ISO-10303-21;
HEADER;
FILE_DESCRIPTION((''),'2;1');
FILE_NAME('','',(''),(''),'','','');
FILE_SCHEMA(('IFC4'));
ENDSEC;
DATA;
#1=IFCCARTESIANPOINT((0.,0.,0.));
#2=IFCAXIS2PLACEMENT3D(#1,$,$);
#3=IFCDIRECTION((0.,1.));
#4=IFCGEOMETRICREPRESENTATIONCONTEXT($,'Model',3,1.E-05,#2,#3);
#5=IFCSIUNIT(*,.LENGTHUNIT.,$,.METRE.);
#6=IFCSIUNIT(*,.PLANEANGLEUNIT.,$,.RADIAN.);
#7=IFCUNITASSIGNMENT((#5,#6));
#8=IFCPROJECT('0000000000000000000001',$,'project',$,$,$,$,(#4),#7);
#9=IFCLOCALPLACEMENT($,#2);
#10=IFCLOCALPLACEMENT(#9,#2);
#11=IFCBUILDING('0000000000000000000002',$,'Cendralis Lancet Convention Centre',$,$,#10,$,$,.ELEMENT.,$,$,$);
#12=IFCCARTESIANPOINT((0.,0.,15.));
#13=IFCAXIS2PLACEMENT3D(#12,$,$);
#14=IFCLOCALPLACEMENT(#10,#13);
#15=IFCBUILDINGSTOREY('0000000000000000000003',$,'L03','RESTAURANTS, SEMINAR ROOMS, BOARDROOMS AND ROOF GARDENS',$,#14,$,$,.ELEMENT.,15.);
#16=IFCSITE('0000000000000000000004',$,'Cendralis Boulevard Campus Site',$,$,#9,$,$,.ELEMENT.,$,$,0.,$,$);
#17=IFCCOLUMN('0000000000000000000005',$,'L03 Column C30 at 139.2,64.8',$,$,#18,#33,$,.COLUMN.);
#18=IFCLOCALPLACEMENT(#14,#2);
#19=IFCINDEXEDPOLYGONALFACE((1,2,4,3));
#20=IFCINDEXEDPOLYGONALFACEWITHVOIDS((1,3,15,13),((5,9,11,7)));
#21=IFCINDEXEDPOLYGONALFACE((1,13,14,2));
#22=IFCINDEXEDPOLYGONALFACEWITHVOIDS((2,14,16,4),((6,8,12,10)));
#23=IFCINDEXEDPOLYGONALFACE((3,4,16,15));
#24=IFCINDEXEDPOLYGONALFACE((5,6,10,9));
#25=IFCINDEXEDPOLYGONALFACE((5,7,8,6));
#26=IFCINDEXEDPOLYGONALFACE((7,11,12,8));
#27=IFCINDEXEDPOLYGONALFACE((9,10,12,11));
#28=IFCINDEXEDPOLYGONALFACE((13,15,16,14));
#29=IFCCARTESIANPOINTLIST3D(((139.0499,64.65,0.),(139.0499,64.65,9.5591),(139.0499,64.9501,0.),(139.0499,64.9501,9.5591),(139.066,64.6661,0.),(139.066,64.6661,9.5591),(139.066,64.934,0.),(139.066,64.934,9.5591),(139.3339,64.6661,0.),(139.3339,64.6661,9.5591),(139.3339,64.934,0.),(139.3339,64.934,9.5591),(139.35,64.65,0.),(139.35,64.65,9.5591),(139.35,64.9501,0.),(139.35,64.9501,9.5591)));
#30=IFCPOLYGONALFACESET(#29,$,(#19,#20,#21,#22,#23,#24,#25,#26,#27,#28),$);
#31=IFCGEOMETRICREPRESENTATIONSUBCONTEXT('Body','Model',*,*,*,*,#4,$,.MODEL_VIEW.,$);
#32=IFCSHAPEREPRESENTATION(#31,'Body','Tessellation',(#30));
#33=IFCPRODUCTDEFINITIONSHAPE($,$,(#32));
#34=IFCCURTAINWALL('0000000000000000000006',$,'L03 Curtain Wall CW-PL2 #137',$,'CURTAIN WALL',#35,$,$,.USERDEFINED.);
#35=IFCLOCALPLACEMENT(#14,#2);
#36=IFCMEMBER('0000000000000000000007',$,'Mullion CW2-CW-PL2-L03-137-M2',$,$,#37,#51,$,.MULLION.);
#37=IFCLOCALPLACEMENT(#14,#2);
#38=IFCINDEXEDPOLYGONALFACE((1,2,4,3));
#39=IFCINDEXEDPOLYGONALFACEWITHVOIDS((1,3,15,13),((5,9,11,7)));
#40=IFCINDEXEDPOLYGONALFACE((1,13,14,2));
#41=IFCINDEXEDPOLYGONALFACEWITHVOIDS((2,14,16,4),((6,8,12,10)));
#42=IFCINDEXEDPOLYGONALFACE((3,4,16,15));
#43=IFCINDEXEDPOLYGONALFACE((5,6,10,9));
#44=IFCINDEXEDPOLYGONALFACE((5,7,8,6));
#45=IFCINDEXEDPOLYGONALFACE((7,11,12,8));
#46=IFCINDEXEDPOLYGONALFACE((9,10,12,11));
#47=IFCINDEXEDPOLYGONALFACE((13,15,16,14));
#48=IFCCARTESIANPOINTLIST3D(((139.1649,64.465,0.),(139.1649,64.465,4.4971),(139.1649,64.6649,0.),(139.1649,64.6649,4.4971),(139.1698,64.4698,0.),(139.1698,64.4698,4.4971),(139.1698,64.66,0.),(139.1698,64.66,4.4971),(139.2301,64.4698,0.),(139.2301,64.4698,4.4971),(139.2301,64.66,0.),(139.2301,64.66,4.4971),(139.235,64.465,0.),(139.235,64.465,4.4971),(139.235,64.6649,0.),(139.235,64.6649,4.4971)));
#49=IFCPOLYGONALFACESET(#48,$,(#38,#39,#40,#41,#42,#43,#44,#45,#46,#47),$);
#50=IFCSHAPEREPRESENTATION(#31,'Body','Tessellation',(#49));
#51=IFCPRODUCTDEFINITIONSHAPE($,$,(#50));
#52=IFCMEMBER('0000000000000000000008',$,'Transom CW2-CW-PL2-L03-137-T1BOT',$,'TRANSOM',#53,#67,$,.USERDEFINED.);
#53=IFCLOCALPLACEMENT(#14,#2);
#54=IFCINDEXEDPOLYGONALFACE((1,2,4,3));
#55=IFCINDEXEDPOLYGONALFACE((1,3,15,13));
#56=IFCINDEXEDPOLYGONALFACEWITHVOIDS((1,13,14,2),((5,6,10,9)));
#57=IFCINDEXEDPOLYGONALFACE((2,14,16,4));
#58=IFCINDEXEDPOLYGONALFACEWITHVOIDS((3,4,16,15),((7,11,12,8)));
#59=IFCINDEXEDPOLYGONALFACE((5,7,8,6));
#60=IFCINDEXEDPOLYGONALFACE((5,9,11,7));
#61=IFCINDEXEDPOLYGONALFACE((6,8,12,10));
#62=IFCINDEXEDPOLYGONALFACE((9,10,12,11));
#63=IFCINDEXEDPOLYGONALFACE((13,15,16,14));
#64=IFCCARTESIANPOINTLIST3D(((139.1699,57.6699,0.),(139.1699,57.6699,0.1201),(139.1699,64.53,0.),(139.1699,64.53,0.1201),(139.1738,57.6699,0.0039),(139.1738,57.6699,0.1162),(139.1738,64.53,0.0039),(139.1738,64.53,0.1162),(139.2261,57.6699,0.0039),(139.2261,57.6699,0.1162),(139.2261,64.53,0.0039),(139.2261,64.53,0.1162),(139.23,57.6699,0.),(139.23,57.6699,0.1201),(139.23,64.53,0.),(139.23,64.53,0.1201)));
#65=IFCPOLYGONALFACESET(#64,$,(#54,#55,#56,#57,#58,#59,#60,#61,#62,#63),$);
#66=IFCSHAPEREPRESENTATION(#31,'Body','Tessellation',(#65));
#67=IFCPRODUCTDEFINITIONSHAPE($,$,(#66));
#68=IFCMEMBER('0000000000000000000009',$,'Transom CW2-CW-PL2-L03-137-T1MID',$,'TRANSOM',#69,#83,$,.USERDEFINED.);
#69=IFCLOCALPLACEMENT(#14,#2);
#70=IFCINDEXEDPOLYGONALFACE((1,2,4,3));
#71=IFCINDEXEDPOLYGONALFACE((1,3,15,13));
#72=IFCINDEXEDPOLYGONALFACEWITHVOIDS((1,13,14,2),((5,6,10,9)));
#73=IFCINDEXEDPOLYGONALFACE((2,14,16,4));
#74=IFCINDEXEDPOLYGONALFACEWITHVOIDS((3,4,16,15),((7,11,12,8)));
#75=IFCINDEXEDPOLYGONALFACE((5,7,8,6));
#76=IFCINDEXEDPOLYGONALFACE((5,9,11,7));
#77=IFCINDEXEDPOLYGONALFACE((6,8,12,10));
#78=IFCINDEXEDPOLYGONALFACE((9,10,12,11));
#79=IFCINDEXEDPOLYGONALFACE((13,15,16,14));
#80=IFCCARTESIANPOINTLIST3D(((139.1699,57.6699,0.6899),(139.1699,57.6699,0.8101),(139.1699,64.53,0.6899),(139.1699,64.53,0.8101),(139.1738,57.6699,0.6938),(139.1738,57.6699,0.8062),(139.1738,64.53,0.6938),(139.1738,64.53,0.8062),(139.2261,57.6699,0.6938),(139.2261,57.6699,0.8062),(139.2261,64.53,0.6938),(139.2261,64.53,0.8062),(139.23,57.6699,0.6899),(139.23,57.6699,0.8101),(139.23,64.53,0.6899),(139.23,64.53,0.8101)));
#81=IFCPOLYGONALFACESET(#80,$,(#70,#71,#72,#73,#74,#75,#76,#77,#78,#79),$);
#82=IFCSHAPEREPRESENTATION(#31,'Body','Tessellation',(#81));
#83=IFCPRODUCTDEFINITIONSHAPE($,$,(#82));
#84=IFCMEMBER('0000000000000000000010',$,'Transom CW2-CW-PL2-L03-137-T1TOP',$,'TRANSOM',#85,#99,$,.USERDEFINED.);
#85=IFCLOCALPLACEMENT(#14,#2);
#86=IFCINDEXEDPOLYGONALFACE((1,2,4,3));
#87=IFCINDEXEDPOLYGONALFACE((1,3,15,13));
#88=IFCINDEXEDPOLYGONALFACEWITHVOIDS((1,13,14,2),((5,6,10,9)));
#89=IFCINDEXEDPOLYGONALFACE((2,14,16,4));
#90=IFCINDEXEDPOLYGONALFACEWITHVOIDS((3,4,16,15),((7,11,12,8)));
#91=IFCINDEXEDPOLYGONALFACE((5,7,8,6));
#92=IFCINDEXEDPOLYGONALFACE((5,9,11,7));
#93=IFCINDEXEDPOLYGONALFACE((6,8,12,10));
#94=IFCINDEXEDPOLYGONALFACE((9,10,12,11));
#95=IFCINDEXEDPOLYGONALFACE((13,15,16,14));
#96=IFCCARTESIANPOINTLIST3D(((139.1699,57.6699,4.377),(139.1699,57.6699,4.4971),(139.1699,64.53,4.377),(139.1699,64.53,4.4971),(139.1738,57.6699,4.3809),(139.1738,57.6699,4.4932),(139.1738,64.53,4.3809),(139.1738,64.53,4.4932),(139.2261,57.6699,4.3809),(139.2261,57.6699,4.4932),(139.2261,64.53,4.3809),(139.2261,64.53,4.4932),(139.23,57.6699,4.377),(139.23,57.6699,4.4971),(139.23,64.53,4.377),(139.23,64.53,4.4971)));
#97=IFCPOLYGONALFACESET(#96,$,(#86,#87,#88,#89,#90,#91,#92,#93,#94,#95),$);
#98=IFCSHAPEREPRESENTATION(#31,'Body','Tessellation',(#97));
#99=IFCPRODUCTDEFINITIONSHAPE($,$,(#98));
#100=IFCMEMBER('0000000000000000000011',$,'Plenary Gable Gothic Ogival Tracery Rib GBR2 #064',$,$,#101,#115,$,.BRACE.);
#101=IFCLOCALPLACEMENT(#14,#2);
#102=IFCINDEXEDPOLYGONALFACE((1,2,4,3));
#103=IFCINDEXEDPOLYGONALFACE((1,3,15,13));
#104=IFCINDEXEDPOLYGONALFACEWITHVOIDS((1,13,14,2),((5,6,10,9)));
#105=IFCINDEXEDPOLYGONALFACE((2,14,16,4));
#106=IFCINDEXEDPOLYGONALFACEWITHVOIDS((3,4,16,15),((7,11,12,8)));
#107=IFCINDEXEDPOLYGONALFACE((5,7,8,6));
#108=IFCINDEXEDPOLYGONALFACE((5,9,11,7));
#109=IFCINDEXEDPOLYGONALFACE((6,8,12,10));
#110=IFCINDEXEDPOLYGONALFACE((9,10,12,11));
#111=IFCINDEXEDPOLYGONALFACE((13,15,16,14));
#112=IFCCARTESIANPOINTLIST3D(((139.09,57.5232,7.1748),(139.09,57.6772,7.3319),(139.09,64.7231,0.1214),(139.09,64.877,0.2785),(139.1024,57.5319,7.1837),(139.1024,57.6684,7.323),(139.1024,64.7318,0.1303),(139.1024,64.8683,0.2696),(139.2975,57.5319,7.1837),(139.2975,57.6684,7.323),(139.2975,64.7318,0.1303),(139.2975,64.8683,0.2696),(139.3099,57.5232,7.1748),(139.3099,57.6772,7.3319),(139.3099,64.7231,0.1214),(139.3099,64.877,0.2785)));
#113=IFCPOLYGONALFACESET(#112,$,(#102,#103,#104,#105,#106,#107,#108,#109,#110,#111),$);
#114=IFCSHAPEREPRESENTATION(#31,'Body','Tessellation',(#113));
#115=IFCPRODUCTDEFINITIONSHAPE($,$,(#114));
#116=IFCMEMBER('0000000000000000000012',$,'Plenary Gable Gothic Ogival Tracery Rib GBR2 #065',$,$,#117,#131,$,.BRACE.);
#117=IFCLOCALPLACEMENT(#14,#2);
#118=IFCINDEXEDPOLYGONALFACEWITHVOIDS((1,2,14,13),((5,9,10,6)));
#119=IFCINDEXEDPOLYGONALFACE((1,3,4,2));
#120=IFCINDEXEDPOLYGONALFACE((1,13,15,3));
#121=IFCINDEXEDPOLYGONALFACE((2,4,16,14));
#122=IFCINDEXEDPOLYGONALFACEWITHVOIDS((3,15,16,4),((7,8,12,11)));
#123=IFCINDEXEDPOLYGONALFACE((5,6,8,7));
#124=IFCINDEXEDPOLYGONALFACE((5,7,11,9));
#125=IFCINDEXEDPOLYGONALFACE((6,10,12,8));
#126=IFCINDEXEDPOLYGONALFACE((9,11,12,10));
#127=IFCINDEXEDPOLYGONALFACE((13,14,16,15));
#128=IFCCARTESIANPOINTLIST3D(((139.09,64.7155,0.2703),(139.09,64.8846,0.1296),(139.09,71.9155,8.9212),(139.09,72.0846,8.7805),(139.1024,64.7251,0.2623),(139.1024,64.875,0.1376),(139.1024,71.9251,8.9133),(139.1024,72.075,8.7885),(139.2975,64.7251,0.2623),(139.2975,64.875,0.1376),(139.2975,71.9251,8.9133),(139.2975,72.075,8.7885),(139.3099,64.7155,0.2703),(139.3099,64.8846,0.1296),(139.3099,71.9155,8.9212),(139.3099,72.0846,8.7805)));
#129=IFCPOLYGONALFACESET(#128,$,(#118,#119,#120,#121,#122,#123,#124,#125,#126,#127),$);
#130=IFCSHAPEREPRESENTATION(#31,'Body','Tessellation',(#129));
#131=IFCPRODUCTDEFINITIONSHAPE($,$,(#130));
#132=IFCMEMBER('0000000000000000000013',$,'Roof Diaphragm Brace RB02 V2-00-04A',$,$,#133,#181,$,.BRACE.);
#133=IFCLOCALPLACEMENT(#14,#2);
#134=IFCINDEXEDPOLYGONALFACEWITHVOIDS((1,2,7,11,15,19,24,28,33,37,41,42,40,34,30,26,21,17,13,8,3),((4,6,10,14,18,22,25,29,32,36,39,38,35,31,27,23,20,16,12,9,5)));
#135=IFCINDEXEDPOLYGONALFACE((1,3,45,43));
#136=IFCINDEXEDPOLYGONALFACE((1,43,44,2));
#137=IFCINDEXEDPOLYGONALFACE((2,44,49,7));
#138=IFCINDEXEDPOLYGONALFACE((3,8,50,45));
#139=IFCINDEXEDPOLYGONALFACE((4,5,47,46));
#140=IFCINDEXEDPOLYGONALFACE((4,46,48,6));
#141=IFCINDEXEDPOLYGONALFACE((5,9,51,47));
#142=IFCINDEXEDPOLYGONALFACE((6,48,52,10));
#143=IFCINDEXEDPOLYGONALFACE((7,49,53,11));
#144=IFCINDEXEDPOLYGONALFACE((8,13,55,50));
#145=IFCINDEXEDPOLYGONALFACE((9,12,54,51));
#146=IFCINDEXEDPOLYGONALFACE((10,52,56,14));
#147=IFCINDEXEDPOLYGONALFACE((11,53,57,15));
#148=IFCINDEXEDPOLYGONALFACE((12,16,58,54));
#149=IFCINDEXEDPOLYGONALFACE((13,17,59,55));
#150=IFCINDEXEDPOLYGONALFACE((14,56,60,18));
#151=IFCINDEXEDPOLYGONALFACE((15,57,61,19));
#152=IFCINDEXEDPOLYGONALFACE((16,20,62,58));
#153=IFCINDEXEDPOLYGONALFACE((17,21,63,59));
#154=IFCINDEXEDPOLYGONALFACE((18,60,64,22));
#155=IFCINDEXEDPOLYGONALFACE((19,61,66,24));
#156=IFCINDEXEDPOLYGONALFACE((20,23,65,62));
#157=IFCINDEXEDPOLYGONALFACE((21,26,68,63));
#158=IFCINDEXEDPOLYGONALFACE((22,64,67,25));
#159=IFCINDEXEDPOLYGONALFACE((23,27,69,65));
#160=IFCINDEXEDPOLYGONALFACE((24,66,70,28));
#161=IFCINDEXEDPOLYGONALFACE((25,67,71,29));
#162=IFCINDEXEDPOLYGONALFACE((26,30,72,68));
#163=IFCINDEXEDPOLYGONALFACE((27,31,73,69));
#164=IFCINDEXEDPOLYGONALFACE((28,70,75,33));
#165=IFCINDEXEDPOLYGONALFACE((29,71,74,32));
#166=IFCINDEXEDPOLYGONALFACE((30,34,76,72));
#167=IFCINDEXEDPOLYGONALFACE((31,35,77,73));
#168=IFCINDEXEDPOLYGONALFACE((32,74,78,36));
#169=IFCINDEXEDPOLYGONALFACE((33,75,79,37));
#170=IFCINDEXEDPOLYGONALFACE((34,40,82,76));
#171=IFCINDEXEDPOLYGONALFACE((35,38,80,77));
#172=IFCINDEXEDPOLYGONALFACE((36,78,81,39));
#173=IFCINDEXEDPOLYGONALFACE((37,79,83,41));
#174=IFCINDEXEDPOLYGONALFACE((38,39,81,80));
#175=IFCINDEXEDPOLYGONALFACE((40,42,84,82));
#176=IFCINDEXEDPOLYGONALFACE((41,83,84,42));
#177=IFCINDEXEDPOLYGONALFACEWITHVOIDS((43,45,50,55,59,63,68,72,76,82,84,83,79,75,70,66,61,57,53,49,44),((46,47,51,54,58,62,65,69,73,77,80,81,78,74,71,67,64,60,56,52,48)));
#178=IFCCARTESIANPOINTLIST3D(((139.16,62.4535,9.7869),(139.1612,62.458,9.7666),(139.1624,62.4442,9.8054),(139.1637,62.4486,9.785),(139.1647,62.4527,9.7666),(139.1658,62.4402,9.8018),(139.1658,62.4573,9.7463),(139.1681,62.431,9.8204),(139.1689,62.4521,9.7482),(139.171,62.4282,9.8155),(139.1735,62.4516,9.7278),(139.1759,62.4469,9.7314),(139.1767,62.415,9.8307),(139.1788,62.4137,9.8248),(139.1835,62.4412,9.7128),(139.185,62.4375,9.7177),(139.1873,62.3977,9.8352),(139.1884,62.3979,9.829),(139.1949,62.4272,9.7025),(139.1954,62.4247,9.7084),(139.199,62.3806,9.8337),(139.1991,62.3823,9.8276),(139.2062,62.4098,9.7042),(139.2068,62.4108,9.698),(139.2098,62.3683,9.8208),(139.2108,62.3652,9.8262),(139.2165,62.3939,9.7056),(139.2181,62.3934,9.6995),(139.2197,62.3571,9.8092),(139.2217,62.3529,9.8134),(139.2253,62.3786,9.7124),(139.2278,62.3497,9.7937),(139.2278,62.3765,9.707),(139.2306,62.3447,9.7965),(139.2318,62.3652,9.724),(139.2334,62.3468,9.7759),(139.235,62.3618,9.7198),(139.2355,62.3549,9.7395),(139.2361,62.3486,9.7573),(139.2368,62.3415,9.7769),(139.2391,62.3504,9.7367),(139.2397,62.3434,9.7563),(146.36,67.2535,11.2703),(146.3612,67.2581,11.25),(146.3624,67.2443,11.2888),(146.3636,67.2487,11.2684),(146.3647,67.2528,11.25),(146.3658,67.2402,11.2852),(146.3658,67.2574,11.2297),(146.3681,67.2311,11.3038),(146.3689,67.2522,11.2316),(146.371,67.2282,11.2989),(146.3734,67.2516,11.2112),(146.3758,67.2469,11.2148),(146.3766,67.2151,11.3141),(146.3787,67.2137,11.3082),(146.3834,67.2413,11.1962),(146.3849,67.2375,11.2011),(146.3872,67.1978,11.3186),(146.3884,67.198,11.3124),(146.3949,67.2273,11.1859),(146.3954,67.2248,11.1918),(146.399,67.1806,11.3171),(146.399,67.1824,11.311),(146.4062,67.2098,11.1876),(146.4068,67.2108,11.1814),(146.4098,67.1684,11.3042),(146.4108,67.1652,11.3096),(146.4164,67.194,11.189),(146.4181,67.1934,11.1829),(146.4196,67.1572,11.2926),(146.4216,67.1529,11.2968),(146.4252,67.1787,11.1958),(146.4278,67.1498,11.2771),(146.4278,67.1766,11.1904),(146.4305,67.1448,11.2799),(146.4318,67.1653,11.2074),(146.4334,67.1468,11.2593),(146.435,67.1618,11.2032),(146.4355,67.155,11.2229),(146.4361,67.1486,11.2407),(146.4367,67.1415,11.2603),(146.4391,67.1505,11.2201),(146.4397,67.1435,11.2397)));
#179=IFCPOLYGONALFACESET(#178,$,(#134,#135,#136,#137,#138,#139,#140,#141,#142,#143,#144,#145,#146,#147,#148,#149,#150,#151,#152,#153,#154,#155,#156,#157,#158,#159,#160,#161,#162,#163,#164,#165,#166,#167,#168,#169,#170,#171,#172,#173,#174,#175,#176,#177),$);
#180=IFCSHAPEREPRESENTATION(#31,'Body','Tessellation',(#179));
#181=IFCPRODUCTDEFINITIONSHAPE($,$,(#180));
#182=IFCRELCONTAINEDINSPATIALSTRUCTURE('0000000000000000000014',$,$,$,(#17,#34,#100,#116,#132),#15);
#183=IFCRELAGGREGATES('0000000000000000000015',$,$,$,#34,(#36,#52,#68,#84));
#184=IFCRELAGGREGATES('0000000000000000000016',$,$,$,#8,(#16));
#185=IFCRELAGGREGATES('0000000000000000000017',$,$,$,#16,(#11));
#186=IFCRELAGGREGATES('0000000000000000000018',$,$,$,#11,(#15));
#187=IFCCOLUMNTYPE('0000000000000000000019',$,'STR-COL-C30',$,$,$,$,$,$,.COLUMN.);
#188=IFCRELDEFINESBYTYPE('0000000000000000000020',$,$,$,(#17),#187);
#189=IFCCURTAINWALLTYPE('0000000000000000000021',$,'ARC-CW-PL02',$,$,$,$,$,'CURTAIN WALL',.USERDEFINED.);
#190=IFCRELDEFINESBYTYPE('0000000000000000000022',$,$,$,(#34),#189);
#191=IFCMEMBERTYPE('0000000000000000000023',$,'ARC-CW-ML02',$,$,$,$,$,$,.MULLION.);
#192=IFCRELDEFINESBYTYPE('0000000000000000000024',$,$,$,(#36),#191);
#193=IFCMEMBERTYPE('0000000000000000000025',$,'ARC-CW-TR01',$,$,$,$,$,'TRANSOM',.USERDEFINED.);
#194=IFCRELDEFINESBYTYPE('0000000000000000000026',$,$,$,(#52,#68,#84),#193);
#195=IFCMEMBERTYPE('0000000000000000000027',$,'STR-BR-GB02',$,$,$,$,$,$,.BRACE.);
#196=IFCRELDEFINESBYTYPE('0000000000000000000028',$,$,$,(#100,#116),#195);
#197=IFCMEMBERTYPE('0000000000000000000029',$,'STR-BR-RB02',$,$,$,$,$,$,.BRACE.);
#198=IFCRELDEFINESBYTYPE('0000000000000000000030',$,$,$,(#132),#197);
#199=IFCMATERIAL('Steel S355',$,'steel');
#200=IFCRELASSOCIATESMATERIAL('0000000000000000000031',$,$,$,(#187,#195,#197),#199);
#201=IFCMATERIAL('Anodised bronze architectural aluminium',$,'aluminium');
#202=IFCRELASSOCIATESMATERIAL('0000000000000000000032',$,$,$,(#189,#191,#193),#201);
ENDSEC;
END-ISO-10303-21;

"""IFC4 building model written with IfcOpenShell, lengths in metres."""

from ifc_helpers import new_model, si_unit, direction, frame, origin, origin_2d, place, context, subcontext, project, spatial, hollow_rectangle, hollow_circle, extrude, material, material_profile, profile_set, type_object, element, aggregate, save


model = new_model("IFC4")

# Units and contexts
model_context = context("Model", 3, precision=1e-05, world=origin(), true_north=direction((0.0, 1.0)))
body_context = subcontext(model_context, "Body", "Model", "MODEL_VIEW")
ifc_project = project(units=[si_unit("LENGTHUNIT", "METRE"), si_unit("PLANEANGLEUNIT", "RADIAN")], contexts=[model_context])

# Site, building, storey
site_placement = place(None, origin())
site = spatial("IfcSite", under=ifc_project, at=site_placement, Name="Cendralis Boulevard Campus Site", CompositionType="ELEMENT", RefElevation=0.0)
building_placement = place(site_placement, origin())
building = spatial("IfcBuilding", under=site, at=building_placement, Name="Cendralis Lancet Convention Centre", CompositionType="ELEMENT")
storey_placement = place(building_placement, frame((0.0, 0.0, 15.0)))
storey = spatial("IfcBuildingStorey", under=building, at=storey_placement, Name="L03", Description="RESTAURANTS, SEMINAR ROOMS, BOARDROOMS AND ROOF GARDENS", CompositionType="ELEMENT", Elevation=15.0)

# Column
ifc_material_1 = material(Name="Steel S355", Category="steel")
ifc_material_profile_1 = material_profile(ifc_material_1, hollow_rectangle(XDim=0.3, YDim=0.3, WallThickness=0.0161, at=origin_2d()), Name="SHS 300x300x16.0")
ifc_profile_set_1 = profile_set([ifc_material_profile_1], Name="Steel S355")
column_type = type_object("IfcColumnType", Name="STR-COL-C30", PredefinedType="COLUMN", material=ifc_profile_set_1)
column_placement = place(storey_placement, frame((139.2, 64.8, 0.0), z_axis=(0.0, 0.0, 1.0), x_axis=(1.0, 0.0, 0.0)))
element("IfcColumn", 1, at=column_placement, inside=storey, type_object=column_type, Name="L03 Column C30 at 139.2,64.8", PredefinedType="COLUMN", context=body_context, shape_type="SweptSolid", body=[
    extrude(hollow_rectangle(XDim=0.3, YDim=0.3, WallThickness=0.0161, at=origin_2d()), origin(), (0.0, 0.0, 1.0), 9.5591),
])

# Curtain wall, members
ifc_material_2 = material(Name="Anodised bronze architectural aluminium", Category="aluminium")
curtain_wall_type = type_object("IfcCurtainWallType", Name="ARC-CW-PL02", ElementType="CURTAIN WALL", PredefinedType="USERDEFINED", material=ifc_material_2)
curtain_wall_placement = place(storey_placement, origin())
curtain_wall = element("IfcCurtainWall", 2, at=curtain_wall_placement, inside=storey, type_object=curtain_wall_type, Name="L03 Curtain Wall CW-PL2 #137", ObjectType="CURTAIN WALL", PredefinedType="USERDEFINED")
ifc_material_profile_2 = material_profile(ifc_material_2, hollow_rectangle(XDim=0.0701, YDim=0.2, WallThickness=0.0049, at=origin_2d()), Name="AL-MULL 70x200x5.0")
ifc_profile_set_2 = profile_set([ifc_material_profile_2], Name="Anodised bronze architectural aluminium")
member_type_1 = type_object("IfcMemberType", Name="ARC-CW-ML02", PredefinedType="MULLION", material=ifc_profile_set_2)
member_1_placement = place(storey_placement, frame((139.2, 64.5649, 0.0), z_axis=(0.0, 0.0, 1.0), x_axis=(1.0, 0.0, 0.0)))
member_1 = element("IfcMember", 3, at=member_1_placement, type_object=member_type_1, Name="Mullion CW2-CW-PL2-L03-137-M2", PredefinedType="MULLION", context=body_context, shape_type="SweptSolid", body=[
    extrude(hollow_rectangle(XDim=0.0701, YDim=0.2, WallThickness=0.0049, at=origin_2d()), origin(), (0.0, 0.0, 1.0), 4.4971),
])
ifc_material_profile_3 = material_profile(ifc_material_2, hollow_rectangle(XDim=0.0601, YDim=0.1201, WallThickness=0.0039, at=origin_2d()), Name="AL-TRAN 60x120x4.0")
ifc_profile_set_3 = profile_set([ifc_material_profile_3], Name="Anodised bronze architectural aluminium")
member_type_2 = type_object("IfcMemberType", Name="ARC-CW-TR01", ElementType="TRANSOM", PredefinedType="USERDEFINED", material=ifc_profile_set_3)
member_2_placement = place(storey_placement, frame((139.2, 57.6699, 0.0601), z_axis=(0.0, 1.0, 0.0), x_axis=(-1.0, 0.0, 0.0)))
member_2 = element("IfcMember", 4, at=member_2_placement, type_object=member_type_2, Name="Transom CW2-CW-PL2-L03-137-T1BOT", ObjectType="TRANSOM", PredefinedType="USERDEFINED", context=body_context, shape_type="SweptSolid", body=[
    extrude(hollow_rectangle(XDim=0.0601, YDim=0.1201, WallThickness=0.0039, at=origin_2d()), origin(), (0.0, 0.0, 1.0), 6.8601),
])
member_3_placement = place(storey_placement, frame((139.2, 57.6699, 0.75), z_axis=(0.0, 1.0, 0.0), x_axis=(-1.0, 0.0, 0.0)))
member_3 = element("IfcMember", 5, at=member_3_placement, type_object=member_type_2, Name="Transom CW2-CW-PL2-L03-137-T1MID", ObjectType="TRANSOM", PredefinedType="USERDEFINED", context=body_context, shape_type="SweptSolid", body=[
    extrude(hollow_rectangle(XDim=0.0601, YDim=0.1201, WallThickness=0.0039, at=origin_2d()), origin(), (0.0, 0.0, 1.0), 6.8601),
])
member_4_placement = place(storey_placement, frame((139.2, 57.6699, 4.437), z_axis=(0.0, 1.0, 0.0), x_axis=(-1.0, 0.0, 0.0)))
member_4 = element("IfcMember", 6, at=member_4_placement, type_object=member_type_2, Name="Transom CW2-CW-PL2-L03-137-T1TOP", ObjectType="TRANSOM", PredefinedType="USERDEFINED", context=body_context, shape_type="SweptSolid", body=[
    extrude(hollow_rectangle(XDim=0.0601, YDim=0.1201, WallThickness=0.0039, at=origin_2d()), origin(), (0.0, 0.0, 1.0), 6.8601),
])

# Members
ifc_material_profile_4 = material_profile(ifc_material_1, hollow_rectangle(XDim=0.22, YDim=0.22, WallThickness=0.0125, at=origin_2d()), Name="SHS 220x220x12.5")
ifc_profile_set_4 = profile_set([ifc_material_profile_4], Name="Steel S355")
member_type_3 = type_object("IfcMemberType", Name="STR-BR-GB02", PredefinedType="BRACE", material=ifc_profile_set_4)
member_5_placement = place(storey_placement, frame((139.2, 64.8, 0.2), z_axis=(0.0, -0.714336, 0.699803), x_axis=(1.0, 0.0, 0.0)))
element("IfcMember", 7, at=member_5_placement, inside=storey, type_object=member_type_3, Name="Plenary Gable Gothic Ogival Tracery Rib GBR2 #064", PredefinedType="BRACE", context=body_context, shape_type="SweptSolid", body=[
    extrude(hollow_rectangle(XDim=0.22, YDim=0.22, WallThickness=0.0125, at=origin_2d()), origin(), (0.0, 0.0, 1.0), 10.0791),
])
member_6_placement = place(storey_placement, frame((139.2, 64.8, 0.2), z_axis=(0.0, 0.639706, 0.768619), x_axis=(-1.0, 0.0, 0.0)))
element("IfcMember", 8, at=member_6_placement, inside=storey, type_object=member_type_3, Name="Plenary Gable Gothic Ogival Tracery Rib GBR2 #065", PredefinedType="BRACE", context=body_context, shape_type="SweptSolid", body=[
    extrude(hollow_rectangle(XDim=0.22, YDim=0.22, WallThickness=0.0125, at=origin_2d()), origin(), (0.0, 0.0, 1.0), 11.2551),
])
ifc_material_profile_5 = material_profile(ifc_material_1, hollow_circle(Radius=0.0698, WallThickness=0.0063, at=origin_2d()), Name="CHS 139.7x6.3")
ifc_profile_set_5 = profile_set([ifc_material_profile_5], Name="Steel S355")
member_type_4 = type_object("IfcMemberType", Name="STR-BR-RB02", PredefinedType="BRACE", material=ifc_profile_set_5)
member_7_placement = place(storey_placement, frame((139.2, 62.3999, 9.7666), z_axis=(0.820083, 0.546732, 0.168961), x_axis=(-0.554707, 0.832046, 0.0)))
element("IfcMember", 9, at=member_7_placement, inside=storey, type_object=member_type_4, Name="Roof Diaphragm Brace RB02 V2-00-04A", PredefinedType="BRACE", context=body_context, shape_type="SweptSolid", body=[
    extrude(hollow_circle(Radius=0.0698, WallThickness=0.0063, at=origin_2d()), origin(), (0.0, 0.0, 1.0), 8.7795),
])

aggregate(curtain_wall, [member_1, member_2, member_3, member_4])

save(model, "model.ifc")
